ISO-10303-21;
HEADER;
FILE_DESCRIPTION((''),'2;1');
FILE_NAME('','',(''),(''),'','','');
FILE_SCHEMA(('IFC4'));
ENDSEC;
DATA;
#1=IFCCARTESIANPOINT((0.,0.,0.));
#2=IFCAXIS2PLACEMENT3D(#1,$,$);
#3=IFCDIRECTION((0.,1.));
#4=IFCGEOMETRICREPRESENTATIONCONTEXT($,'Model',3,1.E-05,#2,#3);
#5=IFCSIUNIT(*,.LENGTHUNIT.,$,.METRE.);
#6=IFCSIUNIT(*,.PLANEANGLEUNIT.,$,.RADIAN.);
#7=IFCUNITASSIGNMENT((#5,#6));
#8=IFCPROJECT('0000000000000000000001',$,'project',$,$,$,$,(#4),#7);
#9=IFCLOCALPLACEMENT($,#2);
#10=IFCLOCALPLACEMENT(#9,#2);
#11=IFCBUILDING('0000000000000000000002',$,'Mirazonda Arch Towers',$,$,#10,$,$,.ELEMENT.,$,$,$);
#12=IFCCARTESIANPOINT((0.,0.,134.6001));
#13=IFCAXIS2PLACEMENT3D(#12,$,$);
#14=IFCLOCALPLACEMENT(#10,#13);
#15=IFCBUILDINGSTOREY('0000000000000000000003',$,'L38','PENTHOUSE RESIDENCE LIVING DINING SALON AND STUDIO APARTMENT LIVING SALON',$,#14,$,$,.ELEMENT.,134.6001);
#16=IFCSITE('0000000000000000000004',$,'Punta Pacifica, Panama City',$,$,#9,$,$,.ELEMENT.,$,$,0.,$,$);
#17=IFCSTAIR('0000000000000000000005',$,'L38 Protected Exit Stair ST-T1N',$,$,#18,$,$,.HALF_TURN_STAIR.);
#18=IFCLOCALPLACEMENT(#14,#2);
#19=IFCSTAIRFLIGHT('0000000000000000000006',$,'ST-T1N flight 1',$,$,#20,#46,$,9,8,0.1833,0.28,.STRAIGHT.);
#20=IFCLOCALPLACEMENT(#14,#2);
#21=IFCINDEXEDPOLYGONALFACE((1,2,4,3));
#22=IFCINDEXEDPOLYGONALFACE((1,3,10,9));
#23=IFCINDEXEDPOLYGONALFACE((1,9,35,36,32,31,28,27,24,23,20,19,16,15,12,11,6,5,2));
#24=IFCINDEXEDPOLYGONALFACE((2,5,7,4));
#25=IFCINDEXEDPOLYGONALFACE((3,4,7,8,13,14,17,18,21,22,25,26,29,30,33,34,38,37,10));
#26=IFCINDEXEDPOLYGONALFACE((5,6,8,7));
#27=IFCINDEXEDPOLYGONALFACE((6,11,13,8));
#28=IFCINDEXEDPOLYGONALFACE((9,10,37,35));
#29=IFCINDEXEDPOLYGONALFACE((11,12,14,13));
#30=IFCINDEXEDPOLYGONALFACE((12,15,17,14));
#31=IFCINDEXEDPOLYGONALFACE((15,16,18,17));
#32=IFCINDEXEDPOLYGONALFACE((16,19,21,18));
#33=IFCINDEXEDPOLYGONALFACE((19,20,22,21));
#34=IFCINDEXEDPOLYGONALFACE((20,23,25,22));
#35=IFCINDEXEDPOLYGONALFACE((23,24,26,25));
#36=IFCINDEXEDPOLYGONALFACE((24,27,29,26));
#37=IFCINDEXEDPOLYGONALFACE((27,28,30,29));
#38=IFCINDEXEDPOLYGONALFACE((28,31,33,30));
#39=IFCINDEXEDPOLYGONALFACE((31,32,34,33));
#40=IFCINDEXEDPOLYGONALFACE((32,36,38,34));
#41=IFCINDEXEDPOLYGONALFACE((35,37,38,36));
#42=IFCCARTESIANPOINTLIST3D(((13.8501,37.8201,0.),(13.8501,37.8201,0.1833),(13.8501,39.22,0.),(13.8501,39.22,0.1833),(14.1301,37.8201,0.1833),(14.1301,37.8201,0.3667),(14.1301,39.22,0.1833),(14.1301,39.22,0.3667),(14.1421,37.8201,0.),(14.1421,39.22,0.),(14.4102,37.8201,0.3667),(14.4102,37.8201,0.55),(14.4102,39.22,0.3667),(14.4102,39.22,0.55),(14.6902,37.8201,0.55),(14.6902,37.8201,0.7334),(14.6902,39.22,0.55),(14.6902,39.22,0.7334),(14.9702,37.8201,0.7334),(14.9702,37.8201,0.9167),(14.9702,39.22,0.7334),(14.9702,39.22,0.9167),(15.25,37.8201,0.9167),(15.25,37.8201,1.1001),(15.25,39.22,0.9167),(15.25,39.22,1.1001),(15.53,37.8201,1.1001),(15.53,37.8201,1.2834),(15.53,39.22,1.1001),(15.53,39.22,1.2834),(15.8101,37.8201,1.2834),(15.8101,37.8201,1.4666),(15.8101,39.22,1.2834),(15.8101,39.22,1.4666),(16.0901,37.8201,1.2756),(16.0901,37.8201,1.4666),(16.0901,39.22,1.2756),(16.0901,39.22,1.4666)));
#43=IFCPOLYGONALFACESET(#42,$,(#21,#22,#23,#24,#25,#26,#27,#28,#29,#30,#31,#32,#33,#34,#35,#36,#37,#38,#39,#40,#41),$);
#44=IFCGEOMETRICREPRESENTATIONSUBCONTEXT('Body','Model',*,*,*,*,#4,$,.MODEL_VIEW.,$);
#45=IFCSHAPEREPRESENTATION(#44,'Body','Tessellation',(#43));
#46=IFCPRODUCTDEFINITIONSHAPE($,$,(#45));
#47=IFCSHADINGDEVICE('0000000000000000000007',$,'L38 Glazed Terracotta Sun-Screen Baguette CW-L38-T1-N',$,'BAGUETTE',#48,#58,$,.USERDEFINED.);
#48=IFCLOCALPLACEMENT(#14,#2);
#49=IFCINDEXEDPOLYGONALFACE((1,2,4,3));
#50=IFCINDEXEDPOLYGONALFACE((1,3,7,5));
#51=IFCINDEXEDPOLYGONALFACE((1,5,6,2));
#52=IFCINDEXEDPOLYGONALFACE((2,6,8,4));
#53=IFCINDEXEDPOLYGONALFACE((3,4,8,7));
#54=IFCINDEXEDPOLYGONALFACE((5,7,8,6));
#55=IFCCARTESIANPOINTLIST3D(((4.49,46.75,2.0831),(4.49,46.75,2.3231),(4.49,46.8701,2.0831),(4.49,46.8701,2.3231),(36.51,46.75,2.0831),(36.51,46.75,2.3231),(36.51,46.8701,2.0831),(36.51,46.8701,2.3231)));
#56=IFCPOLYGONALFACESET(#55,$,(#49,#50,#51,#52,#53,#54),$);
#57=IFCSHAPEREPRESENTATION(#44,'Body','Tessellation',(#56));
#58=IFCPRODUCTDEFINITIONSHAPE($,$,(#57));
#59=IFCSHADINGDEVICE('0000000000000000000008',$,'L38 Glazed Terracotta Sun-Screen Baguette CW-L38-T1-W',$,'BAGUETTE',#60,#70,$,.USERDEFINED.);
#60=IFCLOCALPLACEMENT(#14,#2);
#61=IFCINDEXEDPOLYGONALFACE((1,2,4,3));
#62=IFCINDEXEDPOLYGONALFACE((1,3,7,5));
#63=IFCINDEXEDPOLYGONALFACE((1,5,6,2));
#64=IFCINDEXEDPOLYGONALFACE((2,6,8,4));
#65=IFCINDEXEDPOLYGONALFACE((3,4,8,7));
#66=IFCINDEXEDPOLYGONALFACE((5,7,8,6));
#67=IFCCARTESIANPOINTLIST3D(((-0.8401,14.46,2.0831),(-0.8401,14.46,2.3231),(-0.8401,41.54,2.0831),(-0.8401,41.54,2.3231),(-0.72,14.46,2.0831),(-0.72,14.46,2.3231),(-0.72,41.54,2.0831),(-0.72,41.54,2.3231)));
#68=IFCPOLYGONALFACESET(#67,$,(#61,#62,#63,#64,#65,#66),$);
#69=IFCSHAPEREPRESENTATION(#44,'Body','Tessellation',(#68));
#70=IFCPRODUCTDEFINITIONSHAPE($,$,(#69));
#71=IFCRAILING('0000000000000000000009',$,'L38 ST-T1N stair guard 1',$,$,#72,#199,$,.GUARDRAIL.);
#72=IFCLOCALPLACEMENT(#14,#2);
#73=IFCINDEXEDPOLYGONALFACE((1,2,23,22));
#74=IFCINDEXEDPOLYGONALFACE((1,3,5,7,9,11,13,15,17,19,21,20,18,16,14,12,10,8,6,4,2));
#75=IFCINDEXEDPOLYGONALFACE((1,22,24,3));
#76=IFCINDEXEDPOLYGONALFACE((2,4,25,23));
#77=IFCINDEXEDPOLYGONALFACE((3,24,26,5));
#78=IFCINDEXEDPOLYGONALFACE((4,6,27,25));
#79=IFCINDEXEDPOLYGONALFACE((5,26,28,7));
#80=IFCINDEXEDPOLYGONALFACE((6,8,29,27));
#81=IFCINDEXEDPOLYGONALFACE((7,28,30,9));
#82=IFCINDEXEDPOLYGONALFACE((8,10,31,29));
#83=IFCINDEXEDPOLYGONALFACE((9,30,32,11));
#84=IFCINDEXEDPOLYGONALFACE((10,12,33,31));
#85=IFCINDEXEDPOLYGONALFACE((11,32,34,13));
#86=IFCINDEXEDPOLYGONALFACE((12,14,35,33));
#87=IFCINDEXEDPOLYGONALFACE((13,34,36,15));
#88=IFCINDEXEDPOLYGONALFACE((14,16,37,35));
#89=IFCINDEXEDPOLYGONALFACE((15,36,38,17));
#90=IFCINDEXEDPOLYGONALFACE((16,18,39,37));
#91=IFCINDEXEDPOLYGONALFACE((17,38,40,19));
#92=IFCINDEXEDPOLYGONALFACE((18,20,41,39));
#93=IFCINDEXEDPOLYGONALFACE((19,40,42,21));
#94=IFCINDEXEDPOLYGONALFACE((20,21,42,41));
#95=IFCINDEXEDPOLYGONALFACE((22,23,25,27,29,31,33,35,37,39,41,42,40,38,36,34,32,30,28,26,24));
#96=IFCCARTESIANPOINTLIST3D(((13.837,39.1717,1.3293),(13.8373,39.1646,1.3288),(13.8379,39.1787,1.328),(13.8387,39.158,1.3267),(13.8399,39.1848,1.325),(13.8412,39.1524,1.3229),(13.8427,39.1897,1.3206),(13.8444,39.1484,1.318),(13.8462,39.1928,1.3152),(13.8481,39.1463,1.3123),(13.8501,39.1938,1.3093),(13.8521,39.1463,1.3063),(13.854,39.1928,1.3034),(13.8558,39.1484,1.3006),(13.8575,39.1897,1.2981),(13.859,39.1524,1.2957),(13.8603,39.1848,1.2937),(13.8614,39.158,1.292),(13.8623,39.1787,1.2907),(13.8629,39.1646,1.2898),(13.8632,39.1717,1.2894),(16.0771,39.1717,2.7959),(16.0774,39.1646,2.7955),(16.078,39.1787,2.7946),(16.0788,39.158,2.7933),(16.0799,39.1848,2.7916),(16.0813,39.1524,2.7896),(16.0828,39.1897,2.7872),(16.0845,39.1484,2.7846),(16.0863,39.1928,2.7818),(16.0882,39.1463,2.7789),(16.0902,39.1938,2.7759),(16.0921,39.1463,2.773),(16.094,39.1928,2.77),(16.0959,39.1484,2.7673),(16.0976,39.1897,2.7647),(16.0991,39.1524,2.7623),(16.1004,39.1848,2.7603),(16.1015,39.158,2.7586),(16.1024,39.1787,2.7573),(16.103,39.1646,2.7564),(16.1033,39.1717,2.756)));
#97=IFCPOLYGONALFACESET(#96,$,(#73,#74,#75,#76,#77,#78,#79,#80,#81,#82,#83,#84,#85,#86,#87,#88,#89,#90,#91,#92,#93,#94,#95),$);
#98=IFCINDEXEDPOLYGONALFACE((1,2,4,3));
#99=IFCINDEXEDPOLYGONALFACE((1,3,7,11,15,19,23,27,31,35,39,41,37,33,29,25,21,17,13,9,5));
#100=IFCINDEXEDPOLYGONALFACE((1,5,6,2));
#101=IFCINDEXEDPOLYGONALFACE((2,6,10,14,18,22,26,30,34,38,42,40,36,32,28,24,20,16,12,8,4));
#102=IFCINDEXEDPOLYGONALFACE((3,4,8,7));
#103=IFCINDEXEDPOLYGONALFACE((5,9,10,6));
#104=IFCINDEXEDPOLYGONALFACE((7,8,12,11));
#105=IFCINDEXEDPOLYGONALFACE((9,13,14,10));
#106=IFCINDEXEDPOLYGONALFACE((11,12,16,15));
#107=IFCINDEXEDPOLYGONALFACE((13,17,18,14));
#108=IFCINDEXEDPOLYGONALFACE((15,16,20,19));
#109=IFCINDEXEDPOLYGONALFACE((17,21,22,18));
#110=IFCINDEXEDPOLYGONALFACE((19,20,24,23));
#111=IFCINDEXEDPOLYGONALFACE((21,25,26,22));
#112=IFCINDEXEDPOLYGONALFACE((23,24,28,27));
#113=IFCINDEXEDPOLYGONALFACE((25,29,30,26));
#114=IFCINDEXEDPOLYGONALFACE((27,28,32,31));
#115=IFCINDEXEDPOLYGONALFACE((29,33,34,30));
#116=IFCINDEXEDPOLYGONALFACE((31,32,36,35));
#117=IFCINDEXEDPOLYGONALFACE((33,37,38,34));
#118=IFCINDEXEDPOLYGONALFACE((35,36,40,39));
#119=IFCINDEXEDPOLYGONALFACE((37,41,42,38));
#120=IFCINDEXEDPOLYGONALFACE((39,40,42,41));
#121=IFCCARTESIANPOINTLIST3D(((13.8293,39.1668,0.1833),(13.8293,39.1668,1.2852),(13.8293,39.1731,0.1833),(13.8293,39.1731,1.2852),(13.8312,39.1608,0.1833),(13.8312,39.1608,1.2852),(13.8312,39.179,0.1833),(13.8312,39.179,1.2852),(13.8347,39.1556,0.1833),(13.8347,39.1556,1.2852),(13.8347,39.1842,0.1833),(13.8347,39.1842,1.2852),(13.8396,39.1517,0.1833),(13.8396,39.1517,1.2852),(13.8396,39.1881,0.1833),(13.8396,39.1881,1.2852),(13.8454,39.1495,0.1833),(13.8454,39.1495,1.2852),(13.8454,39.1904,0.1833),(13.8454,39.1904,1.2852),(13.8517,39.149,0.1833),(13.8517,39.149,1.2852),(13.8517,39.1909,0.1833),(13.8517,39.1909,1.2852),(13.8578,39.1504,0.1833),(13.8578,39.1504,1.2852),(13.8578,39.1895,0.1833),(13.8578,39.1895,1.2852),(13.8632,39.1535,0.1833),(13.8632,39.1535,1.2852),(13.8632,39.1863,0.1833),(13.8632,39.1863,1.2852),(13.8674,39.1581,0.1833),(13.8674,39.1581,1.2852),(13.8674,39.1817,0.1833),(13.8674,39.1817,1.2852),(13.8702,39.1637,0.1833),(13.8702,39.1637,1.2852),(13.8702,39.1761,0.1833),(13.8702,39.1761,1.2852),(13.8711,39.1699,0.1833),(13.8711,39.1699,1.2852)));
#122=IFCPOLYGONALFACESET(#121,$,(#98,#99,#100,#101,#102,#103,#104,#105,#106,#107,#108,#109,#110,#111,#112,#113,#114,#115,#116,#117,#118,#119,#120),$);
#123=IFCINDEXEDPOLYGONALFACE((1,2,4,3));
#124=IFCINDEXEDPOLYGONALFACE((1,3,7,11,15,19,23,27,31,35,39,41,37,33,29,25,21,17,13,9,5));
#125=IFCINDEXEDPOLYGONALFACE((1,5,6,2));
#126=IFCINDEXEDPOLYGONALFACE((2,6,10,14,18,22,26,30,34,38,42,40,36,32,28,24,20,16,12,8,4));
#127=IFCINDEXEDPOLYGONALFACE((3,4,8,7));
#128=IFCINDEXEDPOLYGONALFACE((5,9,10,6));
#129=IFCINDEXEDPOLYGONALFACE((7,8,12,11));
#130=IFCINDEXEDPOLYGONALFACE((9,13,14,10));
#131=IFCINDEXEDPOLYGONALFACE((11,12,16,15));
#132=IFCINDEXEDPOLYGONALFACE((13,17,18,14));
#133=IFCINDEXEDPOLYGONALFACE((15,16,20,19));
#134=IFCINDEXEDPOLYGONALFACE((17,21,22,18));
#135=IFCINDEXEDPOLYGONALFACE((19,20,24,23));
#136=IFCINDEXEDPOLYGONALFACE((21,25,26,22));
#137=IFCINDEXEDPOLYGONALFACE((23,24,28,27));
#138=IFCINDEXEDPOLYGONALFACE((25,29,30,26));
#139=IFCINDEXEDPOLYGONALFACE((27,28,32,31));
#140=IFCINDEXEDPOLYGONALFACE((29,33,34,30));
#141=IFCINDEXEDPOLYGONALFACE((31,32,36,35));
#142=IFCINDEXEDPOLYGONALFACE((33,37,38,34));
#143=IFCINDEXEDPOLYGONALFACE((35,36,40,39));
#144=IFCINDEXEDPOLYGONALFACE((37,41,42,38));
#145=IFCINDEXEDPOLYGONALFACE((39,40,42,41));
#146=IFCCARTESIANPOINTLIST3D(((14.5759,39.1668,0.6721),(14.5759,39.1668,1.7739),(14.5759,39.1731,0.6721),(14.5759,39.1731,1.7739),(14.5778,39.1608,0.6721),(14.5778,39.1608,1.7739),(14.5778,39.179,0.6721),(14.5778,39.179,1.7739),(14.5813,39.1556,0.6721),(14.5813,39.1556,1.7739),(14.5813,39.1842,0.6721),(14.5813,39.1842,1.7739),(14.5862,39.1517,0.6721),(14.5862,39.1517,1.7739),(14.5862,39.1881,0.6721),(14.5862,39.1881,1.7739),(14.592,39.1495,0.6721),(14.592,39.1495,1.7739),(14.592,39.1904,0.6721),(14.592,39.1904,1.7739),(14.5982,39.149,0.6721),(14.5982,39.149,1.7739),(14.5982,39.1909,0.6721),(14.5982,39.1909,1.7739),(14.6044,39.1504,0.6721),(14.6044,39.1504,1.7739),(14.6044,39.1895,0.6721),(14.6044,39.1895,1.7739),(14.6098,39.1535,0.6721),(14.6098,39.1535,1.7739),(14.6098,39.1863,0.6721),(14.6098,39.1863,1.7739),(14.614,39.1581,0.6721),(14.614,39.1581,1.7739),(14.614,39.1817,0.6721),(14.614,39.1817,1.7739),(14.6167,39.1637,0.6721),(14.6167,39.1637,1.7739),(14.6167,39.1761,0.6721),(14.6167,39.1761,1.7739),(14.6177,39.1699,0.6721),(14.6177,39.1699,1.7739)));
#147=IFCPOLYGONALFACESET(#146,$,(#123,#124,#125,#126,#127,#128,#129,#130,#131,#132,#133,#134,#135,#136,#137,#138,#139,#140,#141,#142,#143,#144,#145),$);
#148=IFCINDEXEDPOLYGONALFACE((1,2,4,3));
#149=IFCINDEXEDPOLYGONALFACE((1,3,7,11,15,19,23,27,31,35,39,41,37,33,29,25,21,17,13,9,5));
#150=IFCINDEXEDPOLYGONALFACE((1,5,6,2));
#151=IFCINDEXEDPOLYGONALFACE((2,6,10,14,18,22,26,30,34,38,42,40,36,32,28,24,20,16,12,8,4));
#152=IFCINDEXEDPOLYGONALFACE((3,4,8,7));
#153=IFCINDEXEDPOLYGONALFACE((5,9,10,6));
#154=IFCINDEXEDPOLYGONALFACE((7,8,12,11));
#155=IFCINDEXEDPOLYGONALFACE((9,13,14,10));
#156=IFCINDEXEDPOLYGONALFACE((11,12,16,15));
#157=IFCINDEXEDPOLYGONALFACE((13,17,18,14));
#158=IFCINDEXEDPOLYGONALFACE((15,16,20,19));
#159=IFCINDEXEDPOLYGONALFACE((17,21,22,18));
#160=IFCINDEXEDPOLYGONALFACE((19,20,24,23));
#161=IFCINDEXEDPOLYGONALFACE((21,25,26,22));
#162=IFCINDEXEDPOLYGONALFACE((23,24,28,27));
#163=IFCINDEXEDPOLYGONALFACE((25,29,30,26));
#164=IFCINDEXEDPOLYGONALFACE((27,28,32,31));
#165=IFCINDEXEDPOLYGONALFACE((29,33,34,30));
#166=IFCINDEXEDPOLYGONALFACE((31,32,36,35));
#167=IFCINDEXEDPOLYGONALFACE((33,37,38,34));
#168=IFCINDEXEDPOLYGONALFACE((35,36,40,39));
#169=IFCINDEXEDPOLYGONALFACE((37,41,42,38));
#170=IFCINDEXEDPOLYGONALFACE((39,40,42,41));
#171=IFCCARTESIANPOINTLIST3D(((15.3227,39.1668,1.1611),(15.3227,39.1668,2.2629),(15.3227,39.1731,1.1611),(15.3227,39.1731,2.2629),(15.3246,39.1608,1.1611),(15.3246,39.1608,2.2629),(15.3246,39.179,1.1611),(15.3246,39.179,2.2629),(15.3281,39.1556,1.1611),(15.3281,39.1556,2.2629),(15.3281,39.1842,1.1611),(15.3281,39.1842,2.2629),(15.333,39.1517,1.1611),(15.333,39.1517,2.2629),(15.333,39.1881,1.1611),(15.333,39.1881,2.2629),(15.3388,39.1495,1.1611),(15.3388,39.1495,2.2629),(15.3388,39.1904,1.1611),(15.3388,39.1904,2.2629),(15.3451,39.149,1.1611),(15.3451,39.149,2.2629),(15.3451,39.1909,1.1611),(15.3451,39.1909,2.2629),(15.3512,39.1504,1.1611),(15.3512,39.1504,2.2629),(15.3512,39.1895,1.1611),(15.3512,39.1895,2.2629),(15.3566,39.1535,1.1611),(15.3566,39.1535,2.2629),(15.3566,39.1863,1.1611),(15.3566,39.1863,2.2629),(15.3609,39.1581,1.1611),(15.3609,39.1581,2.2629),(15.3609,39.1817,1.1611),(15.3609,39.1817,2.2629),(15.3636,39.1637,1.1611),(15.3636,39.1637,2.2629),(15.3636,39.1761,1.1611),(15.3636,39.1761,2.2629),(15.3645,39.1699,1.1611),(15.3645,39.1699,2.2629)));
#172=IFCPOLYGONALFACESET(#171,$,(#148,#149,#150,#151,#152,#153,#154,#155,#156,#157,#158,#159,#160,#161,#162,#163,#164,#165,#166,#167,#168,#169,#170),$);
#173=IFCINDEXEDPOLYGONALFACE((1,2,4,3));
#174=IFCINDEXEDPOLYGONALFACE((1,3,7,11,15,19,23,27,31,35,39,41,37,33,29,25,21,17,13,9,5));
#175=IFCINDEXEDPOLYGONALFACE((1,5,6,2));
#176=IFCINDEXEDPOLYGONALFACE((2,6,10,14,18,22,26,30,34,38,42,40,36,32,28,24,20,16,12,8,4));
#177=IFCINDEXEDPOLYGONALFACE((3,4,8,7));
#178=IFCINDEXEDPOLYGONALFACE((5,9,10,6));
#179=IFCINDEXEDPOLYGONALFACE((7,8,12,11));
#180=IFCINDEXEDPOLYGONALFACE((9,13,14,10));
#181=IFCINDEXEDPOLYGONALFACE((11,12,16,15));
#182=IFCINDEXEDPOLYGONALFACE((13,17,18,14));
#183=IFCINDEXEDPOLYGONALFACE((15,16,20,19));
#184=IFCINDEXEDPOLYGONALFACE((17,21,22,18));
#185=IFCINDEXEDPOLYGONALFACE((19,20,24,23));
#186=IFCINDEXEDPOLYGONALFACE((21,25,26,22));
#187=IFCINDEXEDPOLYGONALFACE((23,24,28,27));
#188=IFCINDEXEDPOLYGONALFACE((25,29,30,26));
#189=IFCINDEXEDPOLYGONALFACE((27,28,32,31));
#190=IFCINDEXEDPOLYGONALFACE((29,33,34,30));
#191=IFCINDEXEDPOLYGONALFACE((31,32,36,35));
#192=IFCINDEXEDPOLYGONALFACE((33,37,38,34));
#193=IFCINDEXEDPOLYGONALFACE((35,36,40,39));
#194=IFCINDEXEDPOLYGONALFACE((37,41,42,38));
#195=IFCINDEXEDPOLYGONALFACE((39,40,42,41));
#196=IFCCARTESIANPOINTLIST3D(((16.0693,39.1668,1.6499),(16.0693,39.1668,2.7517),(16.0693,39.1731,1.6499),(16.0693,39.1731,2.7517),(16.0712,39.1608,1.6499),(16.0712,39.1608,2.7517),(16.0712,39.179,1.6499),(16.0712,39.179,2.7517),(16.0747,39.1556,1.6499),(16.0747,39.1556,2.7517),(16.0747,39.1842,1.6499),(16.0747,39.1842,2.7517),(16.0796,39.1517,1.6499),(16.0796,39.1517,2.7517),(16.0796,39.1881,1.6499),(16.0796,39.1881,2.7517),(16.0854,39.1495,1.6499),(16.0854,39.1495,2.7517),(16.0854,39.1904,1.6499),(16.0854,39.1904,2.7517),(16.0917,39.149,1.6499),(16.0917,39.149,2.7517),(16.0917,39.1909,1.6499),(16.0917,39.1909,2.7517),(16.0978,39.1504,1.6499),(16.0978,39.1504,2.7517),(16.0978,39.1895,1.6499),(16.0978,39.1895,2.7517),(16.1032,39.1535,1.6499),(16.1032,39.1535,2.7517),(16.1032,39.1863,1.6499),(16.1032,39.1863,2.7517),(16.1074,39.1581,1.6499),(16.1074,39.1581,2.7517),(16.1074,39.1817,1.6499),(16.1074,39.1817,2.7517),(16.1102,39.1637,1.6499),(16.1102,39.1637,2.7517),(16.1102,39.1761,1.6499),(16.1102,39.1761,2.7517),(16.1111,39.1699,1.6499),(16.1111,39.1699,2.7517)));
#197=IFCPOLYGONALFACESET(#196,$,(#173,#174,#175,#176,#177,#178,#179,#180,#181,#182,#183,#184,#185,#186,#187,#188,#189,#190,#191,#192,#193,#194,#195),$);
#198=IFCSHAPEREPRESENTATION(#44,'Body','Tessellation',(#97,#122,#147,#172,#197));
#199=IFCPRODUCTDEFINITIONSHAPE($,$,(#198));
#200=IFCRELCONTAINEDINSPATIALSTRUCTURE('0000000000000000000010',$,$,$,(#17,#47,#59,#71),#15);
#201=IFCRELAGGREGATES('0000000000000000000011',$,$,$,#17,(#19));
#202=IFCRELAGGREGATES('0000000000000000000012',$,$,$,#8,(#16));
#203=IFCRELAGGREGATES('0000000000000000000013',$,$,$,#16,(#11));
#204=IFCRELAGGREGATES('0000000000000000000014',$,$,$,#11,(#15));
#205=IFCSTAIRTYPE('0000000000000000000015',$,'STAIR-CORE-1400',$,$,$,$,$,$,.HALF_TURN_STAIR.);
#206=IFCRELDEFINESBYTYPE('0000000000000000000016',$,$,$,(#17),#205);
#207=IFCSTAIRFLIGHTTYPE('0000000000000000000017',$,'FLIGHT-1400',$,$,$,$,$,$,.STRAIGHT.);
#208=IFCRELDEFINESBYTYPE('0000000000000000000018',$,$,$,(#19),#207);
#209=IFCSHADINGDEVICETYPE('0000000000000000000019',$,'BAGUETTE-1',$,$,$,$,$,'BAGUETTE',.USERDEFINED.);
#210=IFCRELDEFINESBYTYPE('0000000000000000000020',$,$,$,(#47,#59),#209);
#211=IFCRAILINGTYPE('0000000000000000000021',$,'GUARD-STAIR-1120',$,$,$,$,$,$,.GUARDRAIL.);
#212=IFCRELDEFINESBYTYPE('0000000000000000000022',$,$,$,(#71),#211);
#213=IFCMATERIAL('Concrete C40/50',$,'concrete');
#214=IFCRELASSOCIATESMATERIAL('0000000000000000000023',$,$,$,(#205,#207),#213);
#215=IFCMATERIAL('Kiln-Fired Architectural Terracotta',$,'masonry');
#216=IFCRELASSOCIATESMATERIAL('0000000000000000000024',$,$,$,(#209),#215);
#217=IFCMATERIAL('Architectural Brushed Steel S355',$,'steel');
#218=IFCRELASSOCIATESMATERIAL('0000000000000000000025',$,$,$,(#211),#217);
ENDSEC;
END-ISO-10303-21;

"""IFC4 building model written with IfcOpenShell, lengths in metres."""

from ifc_helpers import new_model, si_unit, direction, frame, origin, origin_2d, place, context, subcontext, project, spatial, polyline, rectangle, circle, outline, extrude, material, material_profile, profile_set, type_object, element, aggregate, save


model = new_model("IFC4")

# Units and contexts
model_context = context("Model", 3, precision=1e-05, world=origin(), true_north=direction((0.0, 1.0)))
body_context = subcontext(model_context, "Body", "Model", "MODEL_VIEW")
ifc_project = project(units=[si_unit("LENGTHUNIT", "METRE"), si_unit("PLANEANGLEUNIT", "RADIAN")], contexts=[model_context])

# Site, building, storey
site_placement = place(None, origin())
site = spatial("IfcSite", under=ifc_project, at=site_placement, Name="Punta Pacifica, Panama City", CompositionType="ELEMENT", RefElevation=0.0)
building_placement = place(site_placement, origin())
building = spatial("IfcBuilding", under=site, at=building_placement, Name="Mirazonda Arch Towers", CompositionType="ELEMENT")
storey_placement = place(building_placement, frame((0.0, 0.0, 134.6001)))
storey = spatial("IfcBuildingStorey", under=building, at=storey_placement, Name="L38", Description="PENTHOUSE RESIDENCE LIVING DINING SALON AND STUDIO APARTMENT LIVING SALON", CompositionType="ELEMENT", Elevation=134.6001)

# Shared definitions
ifc_material_1 = material(Name="Architectural Brushed Steel S355", Category="steel")

# Stair, stair flight
ifc_material_2 = material(Name="Concrete C40/50", Category="concrete")
stair_type = type_object("IfcStairType", Name="STAIR-CORE-1400", PredefinedType="HALF_TURN_STAIR", material=ifc_material_2)
stair_placement = place(storey_placement, origin())
stair = element("IfcStair", 1, at=stair_placement, inside=storey, type_object=stair_type, Name="L38 Protected Exit Stair ST-T1N", PredefinedType="HALF_TURN_STAIR")
stair_flight_type = type_object("IfcStairFlightType", Name="FLIGHT-1400", PredefinedType="STRAIGHT", material=ifc_material_2)
stair_flight_placement = place(storey_placement, frame((13.8501, 38.52, 0.0), z_axis=(0.0, 0.0, 1.0), x_axis=(1.0, 0.0, 0.0)))
stair_flight = element("IfcStairFlight", 2, at=stair_flight_placement, type_object=stair_flight_type, Name="ST-T1N flight 1", NumberOfRisers=9, NumberOfTreads=8, PredefinedType="STRAIGHT", RiserHeight=0.1833, TreadLength=0.28, context=body_context, shape_type="SweptSolid", body=[
    extrude(outline(polyline([(0.0, 0.0), (0.0, 0.1833), (0.28, 0.1833), (0.28, 0.3667), (0.5601, 0.3667), (0.5601, 0.55), (0.8401, 0.55), (0.8401, 0.7334), (1.1201, 0.7334), (1.1201, 0.9167), (1.3999, 0.9167), (1.3999, 1.1001), (1.6799, 1.1001), (1.6799, 1.2834), (1.96, 1.2834), (1.96, 1.4666), (2.24, 1.4666), (2.24, 1.6499), (2.24, 1.2756), (0.292, 0.0), (0.0, 0.0)])), frame((0.0, 0.7, 0.0), z_axis=(0.0, -1.0, 0.0), x_axis=(1.0, 0.0, 0.0)), (0.0, 0.0, 1.0), 1.3999),
])
aggregate(stair, [stair_flight])

# Shading devices
ifc_material_3 = material(Name="Kiln-Fired Architectural Terracotta", Category="masonry")
ifc_material_profile_1 = material_profile(ifc_material_3, rectangle(XDim=0.1201, YDim=0.24, at=origin_2d()), Name="TERRA-BAG-120x240")
ifc_profile_set_1 = profile_set([ifc_material_profile_1], Name="Kiln-Fired Architectural Terracotta")
shading_device_type = type_object("IfcShadingDeviceType", Name="BAGUETTE-1", ElementType="BAGUETTE", PredefinedType="USERDEFINED", material=ifc_profile_set_1)
shading_device_1_placement = place(storey_placement, frame((4.49, 46.8101, 2.2031), z_axis=(1.0, 0.0, 0.0), x_axis=(0.0, 1.0, 0.0)))
element("IfcShadingDevice", 3, at=shading_device_1_placement, inside=storey, type_object=shading_device_type, Name="L38 Glazed Terracotta Sun-Screen Baguette CW-L38-T1-N", ObjectType="BAGUETTE", PredefinedType="USERDEFINED", context=body_context, shape_type="SweptSolid", body=[
    extrude(rectangle(XDim=0.1201, YDim=0.24, at=origin_2d()), origin(), (0.0, 0.0, 1.0), 32.02),
])
shading_device_2_placement = place(storey_placement, frame((-0.78, 41.54, 2.2031), z_axis=(0.0, -1.0, 0.0), x_axis=(1.0, 0.0, 0.0)))
element("IfcShadingDevice", 4, at=shading_device_2_placement, inside=storey, type_object=shading_device_type, Name="L38 Glazed Terracotta Sun-Screen Baguette CW-L38-T1-W", ObjectType="BAGUETTE", PredefinedType="USERDEFINED", context=body_context, shape_type="SweptSolid", body=[
    extrude(rectangle(XDim=0.1201, YDim=0.24, at=origin_2d()), origin(), (0.0, 0.0, 1.0), 27.0801),
])

# Railing
railing_type_1 = type_object("IfcRailingType", Name="GUARD-STAIR-1120", PredefinedType="GUARDRAIL", material=ifc_material_1)
railing_1_placement = place(storey_placement, frame((13.8501, 39.1699, 0.1833)))
element("IfcRailing", 5, at=railing_1_placement, inside=storey, type_object=railing_type_1, Name="L38 ST-T1N stair guard 1", PredefinedType="GUARDRAIL", context=body_context, shape_type="SweptSolid", body=[
    extrude(circle(Radius=0.0239, at=origin_2d()), frame((0.0, 0.0, 1.126), z_axis=(0.836637, 0.0, 0.547758), x_axis=(0.0, 1.0, 0.0)), (0.0, 0.0, 1.0), 2.6775),
    extrude(circle(Radius=0.021, at=origin_2d()), origin(), (0.0, 0.0, 1.0), 1.1018),
    extrude(circle(Radius=0.021, at=origin_2d()), frame((0.7466, 0.0, 0.4888)), (0.0, 0.0, 1.0), 1.1018),
    extrude(circle(Radius=0.021, at=origin_2d()), frame((1.4934, 0.0, 0.9778)), (0.0, 0.0, 1.0), 1.1018),
    extrude(circle(Radius=0.021, at=origin_2d()), frame((2.24, 0.0, 1.4666)), (0.0, 0.0, 1.0), 1.1018),
])

save(model, "model.ifc")
